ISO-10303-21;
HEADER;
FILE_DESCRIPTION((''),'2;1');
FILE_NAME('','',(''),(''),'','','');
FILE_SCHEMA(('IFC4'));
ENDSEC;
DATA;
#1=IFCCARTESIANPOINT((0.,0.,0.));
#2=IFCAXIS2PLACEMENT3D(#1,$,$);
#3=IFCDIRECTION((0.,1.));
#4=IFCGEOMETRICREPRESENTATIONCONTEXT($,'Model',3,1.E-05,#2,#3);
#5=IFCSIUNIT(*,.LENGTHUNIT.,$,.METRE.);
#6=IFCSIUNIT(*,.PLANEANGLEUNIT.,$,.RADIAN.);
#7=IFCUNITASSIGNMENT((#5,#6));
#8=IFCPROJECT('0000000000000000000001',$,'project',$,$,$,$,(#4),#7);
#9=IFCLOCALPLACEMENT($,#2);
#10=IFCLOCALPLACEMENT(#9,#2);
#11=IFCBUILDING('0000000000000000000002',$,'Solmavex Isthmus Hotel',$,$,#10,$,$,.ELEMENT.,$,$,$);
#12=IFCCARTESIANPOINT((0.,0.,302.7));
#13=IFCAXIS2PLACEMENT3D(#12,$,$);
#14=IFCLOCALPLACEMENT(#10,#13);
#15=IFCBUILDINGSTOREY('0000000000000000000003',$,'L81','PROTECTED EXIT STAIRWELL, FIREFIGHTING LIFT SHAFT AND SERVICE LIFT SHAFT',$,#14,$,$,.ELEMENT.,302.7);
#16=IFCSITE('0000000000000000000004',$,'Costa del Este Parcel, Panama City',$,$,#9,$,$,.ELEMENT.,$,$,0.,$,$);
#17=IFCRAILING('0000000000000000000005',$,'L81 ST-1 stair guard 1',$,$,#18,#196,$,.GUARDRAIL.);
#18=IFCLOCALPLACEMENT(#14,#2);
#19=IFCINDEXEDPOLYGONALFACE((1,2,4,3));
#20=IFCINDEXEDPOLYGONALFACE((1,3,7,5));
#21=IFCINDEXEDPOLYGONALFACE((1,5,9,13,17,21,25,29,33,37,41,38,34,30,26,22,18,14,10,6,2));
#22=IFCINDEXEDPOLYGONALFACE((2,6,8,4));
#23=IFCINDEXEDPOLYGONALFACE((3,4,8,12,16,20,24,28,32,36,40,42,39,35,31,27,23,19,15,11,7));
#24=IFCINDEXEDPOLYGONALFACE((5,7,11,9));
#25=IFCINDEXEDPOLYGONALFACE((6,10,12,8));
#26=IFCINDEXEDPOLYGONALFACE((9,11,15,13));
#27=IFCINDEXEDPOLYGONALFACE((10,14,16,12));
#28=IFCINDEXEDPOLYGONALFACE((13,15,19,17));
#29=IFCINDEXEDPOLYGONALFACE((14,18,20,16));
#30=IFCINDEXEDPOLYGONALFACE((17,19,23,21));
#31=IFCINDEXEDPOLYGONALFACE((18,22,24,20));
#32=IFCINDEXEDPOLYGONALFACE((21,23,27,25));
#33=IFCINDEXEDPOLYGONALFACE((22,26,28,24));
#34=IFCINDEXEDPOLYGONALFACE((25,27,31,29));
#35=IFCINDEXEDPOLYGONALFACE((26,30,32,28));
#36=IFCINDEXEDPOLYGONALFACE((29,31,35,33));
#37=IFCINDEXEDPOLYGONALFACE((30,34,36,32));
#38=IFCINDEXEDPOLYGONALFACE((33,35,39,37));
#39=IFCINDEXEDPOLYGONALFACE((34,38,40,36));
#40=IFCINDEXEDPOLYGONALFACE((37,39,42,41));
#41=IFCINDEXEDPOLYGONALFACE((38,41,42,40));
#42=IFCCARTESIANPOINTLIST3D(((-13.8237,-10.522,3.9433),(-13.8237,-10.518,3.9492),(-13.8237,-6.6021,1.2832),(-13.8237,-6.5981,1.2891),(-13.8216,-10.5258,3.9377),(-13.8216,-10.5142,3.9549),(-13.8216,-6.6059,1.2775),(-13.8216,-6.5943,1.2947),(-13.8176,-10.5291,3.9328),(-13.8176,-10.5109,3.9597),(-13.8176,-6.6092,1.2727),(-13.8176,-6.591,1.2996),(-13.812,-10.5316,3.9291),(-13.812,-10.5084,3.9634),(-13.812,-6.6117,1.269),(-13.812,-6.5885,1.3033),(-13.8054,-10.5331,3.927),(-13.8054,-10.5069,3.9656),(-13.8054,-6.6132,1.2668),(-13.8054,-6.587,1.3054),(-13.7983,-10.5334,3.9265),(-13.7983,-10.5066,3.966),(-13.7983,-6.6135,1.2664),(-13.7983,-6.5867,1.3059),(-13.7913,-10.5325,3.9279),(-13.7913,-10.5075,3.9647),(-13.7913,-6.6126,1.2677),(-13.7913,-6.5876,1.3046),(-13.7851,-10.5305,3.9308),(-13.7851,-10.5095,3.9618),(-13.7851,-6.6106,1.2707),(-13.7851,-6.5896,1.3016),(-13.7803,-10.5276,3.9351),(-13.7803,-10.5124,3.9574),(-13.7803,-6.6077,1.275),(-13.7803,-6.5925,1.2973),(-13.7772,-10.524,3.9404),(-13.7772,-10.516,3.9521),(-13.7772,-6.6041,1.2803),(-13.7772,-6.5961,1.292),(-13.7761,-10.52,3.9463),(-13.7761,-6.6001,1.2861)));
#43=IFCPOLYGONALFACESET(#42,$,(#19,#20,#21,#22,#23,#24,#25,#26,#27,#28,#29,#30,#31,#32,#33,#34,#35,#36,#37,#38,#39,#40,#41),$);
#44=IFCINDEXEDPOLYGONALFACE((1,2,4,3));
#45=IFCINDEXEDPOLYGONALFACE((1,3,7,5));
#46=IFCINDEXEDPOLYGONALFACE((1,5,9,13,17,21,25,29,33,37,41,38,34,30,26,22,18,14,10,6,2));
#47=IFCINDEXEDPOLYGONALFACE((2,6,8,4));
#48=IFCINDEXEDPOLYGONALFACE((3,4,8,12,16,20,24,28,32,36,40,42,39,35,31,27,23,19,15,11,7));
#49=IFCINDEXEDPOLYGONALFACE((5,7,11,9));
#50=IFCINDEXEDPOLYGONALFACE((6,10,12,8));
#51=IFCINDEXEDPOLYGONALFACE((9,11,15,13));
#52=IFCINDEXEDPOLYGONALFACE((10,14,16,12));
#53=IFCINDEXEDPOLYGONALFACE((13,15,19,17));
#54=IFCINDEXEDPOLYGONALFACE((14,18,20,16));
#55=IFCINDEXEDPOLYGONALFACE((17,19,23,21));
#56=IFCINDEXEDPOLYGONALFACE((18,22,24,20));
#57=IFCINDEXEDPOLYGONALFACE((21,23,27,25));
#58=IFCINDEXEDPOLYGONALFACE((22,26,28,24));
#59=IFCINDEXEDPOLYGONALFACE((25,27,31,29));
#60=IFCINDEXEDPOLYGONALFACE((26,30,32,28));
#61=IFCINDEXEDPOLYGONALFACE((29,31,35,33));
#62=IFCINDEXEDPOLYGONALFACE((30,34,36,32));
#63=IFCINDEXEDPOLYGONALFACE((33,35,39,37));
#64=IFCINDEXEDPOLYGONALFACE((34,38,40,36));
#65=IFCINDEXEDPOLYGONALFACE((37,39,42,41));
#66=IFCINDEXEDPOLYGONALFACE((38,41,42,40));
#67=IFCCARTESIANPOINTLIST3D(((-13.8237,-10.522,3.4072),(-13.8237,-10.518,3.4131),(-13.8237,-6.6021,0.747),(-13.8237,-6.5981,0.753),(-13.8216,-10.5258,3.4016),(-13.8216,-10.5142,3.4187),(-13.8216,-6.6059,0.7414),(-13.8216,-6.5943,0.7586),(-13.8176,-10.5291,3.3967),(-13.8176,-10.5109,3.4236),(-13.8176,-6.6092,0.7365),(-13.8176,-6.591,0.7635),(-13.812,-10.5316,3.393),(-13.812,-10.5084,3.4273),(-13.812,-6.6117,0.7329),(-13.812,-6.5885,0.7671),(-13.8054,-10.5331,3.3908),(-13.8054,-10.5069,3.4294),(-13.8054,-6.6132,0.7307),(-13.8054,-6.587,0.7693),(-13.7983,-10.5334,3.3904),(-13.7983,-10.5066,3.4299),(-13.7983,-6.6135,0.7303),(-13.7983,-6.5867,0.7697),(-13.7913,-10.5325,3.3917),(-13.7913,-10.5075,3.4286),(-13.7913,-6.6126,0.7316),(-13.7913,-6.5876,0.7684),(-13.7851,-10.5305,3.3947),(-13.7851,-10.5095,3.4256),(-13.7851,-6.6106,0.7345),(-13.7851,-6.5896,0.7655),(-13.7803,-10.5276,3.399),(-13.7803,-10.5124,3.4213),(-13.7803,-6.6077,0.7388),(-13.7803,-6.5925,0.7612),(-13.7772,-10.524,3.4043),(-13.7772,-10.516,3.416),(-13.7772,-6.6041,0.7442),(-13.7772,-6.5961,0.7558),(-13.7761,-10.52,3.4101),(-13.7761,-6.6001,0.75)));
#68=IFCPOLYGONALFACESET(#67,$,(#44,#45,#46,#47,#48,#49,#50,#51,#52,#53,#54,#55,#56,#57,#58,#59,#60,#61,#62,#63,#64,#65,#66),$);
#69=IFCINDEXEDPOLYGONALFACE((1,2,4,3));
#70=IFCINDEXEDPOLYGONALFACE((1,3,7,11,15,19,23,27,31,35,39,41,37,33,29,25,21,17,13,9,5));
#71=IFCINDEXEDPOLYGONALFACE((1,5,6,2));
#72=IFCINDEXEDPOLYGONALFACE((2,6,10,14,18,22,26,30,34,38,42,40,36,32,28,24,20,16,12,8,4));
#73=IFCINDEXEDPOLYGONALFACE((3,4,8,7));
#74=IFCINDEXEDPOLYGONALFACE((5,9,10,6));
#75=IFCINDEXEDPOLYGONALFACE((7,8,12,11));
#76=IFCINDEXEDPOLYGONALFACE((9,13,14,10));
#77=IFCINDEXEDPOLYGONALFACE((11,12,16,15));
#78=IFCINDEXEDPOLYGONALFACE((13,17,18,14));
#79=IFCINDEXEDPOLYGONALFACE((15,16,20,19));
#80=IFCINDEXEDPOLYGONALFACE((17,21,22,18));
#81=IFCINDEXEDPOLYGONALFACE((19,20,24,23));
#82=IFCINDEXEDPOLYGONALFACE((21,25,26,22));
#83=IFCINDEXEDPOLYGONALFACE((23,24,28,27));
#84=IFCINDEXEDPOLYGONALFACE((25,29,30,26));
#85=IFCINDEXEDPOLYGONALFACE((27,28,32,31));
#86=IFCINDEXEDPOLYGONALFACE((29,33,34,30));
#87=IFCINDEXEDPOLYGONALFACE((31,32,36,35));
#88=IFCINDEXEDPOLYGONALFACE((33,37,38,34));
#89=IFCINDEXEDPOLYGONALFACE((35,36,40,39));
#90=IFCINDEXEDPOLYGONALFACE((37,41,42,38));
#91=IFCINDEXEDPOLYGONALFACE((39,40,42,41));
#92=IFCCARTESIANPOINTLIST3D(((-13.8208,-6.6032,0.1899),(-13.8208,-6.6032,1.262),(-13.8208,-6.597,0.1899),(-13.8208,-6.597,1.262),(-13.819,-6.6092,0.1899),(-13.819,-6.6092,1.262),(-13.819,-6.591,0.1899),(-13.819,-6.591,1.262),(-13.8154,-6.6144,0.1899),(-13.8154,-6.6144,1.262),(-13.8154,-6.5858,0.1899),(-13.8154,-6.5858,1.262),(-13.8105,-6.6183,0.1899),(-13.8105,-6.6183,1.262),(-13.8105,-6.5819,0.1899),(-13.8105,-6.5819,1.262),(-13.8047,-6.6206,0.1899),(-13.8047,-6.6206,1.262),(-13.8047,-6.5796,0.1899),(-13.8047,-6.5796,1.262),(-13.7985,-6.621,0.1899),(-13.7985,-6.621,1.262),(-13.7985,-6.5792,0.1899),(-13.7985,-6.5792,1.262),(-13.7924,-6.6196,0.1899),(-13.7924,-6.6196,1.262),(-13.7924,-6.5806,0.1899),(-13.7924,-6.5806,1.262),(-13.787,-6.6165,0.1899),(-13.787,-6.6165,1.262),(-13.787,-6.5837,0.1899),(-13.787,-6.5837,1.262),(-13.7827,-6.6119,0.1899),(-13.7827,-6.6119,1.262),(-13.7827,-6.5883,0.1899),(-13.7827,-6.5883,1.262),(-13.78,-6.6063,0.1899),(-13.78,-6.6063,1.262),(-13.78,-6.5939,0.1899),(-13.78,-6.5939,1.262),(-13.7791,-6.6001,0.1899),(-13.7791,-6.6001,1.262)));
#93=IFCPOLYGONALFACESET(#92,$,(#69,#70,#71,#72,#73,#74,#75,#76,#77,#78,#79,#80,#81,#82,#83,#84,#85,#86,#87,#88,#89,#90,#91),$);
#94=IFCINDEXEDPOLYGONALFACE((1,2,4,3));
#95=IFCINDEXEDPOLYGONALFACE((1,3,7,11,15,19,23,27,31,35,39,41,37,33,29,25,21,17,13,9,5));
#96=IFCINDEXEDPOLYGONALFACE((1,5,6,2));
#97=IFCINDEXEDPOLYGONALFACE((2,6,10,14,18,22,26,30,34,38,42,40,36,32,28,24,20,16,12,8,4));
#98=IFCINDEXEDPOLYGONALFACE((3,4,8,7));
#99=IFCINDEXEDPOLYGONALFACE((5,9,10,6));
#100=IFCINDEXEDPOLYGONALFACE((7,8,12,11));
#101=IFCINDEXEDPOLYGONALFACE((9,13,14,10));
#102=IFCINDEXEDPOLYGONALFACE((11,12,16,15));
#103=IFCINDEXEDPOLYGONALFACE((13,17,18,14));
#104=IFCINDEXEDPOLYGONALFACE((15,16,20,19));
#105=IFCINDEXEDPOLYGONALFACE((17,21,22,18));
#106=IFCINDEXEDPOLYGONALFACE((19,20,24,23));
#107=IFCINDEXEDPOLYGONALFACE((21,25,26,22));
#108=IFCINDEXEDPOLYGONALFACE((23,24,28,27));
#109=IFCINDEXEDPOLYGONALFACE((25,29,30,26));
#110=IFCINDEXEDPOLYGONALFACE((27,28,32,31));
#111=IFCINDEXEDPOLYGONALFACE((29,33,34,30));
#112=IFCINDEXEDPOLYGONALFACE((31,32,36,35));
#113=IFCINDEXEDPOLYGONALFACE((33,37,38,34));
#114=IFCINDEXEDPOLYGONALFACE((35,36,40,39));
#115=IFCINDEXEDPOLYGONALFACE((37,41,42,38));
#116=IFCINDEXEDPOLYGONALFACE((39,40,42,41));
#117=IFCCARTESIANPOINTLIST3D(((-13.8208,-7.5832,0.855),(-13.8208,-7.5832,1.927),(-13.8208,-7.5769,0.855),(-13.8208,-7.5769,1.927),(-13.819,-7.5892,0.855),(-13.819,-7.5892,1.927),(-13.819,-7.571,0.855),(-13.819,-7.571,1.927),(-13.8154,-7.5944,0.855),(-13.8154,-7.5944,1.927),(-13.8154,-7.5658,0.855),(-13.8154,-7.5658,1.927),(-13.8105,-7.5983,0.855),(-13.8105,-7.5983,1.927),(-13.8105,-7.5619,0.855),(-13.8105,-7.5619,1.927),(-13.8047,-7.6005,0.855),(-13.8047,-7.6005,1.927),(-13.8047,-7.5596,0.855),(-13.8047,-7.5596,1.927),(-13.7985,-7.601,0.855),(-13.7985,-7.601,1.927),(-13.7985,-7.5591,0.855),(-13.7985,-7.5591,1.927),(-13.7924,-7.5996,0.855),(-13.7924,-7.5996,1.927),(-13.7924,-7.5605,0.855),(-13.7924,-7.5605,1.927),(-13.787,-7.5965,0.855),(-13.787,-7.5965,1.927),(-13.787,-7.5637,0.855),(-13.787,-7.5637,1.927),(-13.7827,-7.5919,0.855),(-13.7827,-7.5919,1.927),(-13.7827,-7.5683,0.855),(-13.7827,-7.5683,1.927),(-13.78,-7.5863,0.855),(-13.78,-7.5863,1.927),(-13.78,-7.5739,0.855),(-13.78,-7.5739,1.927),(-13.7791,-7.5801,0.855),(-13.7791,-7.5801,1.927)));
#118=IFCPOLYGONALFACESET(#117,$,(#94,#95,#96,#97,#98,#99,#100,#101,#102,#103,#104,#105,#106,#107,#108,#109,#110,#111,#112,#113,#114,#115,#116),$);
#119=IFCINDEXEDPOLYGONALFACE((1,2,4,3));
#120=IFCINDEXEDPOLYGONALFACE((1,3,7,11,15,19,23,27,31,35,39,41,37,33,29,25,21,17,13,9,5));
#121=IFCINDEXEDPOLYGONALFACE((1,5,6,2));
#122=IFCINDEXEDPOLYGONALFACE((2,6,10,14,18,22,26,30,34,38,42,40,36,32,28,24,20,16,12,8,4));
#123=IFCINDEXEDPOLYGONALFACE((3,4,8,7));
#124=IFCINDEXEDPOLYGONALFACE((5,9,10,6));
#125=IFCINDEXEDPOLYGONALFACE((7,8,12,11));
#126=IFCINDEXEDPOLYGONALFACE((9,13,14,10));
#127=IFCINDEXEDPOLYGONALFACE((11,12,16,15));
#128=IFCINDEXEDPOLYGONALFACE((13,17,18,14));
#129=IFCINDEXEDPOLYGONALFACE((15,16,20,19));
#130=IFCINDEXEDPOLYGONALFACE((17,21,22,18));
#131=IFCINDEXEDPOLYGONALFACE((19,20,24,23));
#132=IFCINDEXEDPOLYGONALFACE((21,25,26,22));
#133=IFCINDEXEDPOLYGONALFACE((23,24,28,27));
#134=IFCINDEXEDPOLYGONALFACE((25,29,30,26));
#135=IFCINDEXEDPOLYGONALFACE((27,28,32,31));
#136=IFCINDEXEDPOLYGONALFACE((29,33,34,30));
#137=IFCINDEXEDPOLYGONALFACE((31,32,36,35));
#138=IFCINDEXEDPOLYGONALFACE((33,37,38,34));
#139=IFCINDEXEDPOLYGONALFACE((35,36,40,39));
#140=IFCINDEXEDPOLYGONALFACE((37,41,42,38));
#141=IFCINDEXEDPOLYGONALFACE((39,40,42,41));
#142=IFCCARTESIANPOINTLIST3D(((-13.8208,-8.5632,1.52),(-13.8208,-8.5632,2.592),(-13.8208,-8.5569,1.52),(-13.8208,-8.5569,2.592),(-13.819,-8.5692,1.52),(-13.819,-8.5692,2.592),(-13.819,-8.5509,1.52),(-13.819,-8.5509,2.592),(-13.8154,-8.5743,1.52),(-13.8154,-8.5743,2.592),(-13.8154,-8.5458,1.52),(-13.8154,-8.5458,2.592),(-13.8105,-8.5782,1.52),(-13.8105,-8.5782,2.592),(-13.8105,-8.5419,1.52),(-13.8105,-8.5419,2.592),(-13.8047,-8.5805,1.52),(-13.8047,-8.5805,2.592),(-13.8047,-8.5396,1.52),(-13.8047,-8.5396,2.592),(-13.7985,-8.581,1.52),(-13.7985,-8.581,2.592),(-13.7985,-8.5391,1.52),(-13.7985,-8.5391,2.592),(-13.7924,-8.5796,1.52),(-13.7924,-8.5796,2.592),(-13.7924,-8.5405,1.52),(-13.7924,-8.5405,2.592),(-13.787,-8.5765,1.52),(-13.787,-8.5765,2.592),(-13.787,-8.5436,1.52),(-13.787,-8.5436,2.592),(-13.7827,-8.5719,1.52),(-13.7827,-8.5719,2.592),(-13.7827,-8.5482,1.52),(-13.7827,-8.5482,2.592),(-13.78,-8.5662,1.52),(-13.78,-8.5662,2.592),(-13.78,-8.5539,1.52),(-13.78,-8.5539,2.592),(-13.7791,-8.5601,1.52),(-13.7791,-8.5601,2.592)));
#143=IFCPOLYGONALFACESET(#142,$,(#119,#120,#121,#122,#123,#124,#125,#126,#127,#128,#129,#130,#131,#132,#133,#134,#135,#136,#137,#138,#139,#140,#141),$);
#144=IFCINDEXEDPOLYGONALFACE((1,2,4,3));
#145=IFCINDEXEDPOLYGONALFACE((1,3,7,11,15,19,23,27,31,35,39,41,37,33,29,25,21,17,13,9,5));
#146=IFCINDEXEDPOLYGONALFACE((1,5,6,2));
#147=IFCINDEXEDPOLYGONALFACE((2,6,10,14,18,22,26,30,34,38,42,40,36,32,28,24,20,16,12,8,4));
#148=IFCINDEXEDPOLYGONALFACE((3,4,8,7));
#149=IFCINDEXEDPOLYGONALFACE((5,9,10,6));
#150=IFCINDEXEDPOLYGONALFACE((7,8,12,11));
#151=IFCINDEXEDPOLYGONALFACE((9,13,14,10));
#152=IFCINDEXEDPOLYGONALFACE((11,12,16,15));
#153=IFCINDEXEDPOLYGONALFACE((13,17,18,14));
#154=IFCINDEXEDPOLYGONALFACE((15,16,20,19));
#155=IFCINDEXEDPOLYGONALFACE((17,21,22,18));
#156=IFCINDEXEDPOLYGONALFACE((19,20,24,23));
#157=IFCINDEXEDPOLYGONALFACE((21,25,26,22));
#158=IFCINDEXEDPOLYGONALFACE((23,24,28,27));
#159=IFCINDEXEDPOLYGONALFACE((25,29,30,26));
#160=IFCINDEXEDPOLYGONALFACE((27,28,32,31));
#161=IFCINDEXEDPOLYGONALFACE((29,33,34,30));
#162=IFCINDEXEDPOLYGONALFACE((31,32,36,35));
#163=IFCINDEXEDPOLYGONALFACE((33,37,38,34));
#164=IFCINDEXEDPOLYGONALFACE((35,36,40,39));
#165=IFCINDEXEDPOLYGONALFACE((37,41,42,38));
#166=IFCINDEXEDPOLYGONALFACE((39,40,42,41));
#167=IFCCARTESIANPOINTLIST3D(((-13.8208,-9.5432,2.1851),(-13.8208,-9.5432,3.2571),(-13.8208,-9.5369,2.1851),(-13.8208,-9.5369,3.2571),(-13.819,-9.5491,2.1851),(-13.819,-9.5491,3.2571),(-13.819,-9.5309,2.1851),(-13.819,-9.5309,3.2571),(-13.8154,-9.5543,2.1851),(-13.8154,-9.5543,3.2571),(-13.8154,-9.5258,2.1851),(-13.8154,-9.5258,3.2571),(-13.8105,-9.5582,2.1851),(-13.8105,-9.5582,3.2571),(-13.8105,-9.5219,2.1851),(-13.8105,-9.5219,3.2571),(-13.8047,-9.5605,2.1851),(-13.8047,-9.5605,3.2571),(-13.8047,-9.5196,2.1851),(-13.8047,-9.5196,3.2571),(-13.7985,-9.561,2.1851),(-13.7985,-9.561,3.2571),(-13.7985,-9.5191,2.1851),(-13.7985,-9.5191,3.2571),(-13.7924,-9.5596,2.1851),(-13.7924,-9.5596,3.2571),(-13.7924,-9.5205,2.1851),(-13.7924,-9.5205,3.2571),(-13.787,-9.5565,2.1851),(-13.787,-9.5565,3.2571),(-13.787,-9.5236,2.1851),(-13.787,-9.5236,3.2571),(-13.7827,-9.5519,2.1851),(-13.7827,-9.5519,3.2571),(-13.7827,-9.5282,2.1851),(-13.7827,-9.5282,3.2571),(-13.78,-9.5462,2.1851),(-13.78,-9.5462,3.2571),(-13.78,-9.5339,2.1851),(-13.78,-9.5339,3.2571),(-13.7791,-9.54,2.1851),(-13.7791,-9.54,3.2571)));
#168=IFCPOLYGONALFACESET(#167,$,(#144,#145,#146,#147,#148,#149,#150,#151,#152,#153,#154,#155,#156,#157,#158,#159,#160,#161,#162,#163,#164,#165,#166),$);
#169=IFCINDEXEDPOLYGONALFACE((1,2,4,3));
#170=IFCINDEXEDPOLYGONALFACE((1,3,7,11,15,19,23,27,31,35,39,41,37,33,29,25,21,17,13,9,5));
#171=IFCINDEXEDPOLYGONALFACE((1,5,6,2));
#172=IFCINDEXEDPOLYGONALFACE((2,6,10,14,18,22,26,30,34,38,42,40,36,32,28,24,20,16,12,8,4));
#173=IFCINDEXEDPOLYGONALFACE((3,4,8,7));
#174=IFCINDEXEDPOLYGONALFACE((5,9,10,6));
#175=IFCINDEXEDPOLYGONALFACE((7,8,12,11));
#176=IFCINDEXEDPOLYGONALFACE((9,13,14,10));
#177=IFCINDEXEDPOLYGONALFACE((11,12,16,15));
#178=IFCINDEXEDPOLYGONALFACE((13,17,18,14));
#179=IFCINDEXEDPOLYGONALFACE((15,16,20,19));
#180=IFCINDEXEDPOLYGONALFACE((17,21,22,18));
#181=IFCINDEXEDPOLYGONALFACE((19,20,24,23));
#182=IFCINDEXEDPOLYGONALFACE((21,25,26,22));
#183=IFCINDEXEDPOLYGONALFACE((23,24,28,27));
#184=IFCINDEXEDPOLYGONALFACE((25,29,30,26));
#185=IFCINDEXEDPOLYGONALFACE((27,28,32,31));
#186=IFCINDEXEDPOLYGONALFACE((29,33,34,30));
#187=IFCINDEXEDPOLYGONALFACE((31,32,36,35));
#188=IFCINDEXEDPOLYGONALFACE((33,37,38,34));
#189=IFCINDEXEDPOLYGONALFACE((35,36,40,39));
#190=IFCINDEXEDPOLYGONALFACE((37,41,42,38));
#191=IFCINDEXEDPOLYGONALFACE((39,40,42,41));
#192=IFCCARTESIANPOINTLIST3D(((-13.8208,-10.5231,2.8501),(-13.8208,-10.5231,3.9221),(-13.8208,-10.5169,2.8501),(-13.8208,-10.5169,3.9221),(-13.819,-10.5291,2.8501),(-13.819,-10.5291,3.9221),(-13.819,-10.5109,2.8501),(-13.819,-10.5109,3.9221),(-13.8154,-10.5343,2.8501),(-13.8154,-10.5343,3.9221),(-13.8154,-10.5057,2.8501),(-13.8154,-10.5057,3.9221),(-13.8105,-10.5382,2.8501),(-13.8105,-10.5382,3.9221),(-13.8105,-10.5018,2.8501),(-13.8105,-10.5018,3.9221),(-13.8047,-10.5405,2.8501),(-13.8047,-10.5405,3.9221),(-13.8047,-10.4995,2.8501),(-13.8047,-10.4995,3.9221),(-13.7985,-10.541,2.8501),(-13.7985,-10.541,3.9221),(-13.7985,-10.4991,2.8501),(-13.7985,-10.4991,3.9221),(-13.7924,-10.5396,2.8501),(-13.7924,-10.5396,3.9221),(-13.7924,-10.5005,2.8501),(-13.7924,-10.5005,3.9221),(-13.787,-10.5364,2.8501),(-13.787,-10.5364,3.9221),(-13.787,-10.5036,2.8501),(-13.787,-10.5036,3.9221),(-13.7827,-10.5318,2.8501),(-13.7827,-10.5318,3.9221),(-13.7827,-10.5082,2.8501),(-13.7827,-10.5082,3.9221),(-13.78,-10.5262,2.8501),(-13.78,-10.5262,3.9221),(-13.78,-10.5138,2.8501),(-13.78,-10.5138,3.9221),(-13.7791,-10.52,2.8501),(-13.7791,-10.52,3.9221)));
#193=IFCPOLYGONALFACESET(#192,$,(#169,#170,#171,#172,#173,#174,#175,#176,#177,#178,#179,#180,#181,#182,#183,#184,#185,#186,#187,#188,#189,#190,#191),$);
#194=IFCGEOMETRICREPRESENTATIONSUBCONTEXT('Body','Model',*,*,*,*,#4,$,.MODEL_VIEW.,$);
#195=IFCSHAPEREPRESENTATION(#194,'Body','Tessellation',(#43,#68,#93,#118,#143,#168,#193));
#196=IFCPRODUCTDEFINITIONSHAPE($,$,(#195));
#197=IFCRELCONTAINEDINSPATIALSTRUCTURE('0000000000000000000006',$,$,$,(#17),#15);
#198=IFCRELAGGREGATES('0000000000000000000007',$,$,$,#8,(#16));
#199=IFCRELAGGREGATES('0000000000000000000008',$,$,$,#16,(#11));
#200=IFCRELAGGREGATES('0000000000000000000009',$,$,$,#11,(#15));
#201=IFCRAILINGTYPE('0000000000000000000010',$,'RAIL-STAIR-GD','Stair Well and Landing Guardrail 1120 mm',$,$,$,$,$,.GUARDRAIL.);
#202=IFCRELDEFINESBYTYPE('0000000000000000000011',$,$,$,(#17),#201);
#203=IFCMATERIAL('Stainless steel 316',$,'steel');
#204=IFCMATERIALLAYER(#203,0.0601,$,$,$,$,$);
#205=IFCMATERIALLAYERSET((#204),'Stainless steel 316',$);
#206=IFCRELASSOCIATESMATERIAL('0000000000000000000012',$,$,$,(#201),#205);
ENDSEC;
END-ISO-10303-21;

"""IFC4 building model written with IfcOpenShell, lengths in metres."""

from ifc_helpers import new_model, si_unit, direction, frame, origin, origin_2d, place, context, subcontext, project, spatial, circle, extrude, material, layer, layer_set, type_object, element, save


model = new_model("IFC4")

# Units and contexts
model_context = context("Model", 3, precision=1e-05, world=origin(), true_north=direction((0.0, 1.0)))
body_context = subcontext(model_context, "Body", "Model", "MODEL_VIEW")
ifc_project = project(units=[si_unit("LENGTHUNIT", "METRE"), si_unit("PLANEANGLEUNIT", "RADIAN")], contexts=[model_context])

# Site, building, storey
site_placement = place(None, origin())
site = spatial("IfcSite", under=ifc_project, at=site_placement, Name="Costa del Este Parcel, Panama City", CompositionType="ELEMENT", RefElevation=0.0)
building_placement = place(site_placement, origin())
building = spatial("IfcBuilding", under=site, at=building_placement, Name="Solmavex Isthmus Hotel", CompositionType="ELEMENT")
storey_placement = place(building_placement, frame((0.0, 0.0, 302.7)))
storey = spatial("IfcBuildingStorey", under=building, at=storey_placement, Name="L81", Description="PROTECTED EXIT STAIRWELL, FIREFIGHTING LIFT SHAFT AND SERVICE LIFT SHAFT", CompositionType="ELEMENT", Elevation=302.7)

# Shared definitions
ifc_material_1 = material(Name="Stainless steel 316", Category="steel")

# Railing
ifc_layer_1 = layer(ifc_material_1, 0.0601)
ifc_layer_set_1 = layer_set([ifc_layer_1], Name="Stainless steel 316")
railing_type_1 = type_object("IfcRailingType", Name="RAIL-STAIR-GD", Description="Stair Well and Landing Guardrail 1120 mm", PredefinedType="GUARDRAIL", material=ifc_layer_set_1)
railing_1_placement = place(storey_placement, frame((-13.8, -6.6001, 0.1899)))
element("IfcRailing", 1, at=railing_1_placement, inside=storey, type_object=railing_type_1, Name="L81 ST-1 stair guard 1", PredefinedType="GUARDRAIL", context=body_context, shape_type="SweptSolid", body=[
    extrude(circle(Radius=0.0239, at=origin_2d()), frame((0.0, 0.0, 1.0962), z_axis=(0.0, -0.827455, 0.561532), x_axis=(1.0, 0.0, 0.0)), (0.0, 0.0, 1.0), 4.7373),
    extrude(circle(Radius=0.0239, at=origin_2d()), frame((0.0, 0.0, 0.5601), z_axis=(0.0, -0.827455, 0.561532), x_axis=(1.0, 0.0, 0.0)), (0.0, 0.0, 1.0), 4.7373),
    extrude(circle(Radius=0.021, at=origin_2d()), origin(), (0.0, 0.0, 1.0), 1.072),
    extrude(circle(Radius=0.021, at=origin_2d()), frame((0.0, -0.98, 0.665)), (0.0, 0.0, 1.0), 1.072),
    extrude(circle(Radius=0.021, at=origin_2d()), frame((0.0, -1.96, 1.3301)), (0.0, 0.0, 1.0), 1.072),
    extrude(circle(Radius=0.021, at=origin_2d()), frame((0.0, -2.9399, 1.9951)), (0.0, 0.0, 1.0), 1.072),
    extrude(circle(Radius=0.021, at=origin_2d()), frame((0.0, -3.9199, 2.6602)), (0.0, 0.0, 1.0), 1.072),
])

save(model, "model.ifc")
